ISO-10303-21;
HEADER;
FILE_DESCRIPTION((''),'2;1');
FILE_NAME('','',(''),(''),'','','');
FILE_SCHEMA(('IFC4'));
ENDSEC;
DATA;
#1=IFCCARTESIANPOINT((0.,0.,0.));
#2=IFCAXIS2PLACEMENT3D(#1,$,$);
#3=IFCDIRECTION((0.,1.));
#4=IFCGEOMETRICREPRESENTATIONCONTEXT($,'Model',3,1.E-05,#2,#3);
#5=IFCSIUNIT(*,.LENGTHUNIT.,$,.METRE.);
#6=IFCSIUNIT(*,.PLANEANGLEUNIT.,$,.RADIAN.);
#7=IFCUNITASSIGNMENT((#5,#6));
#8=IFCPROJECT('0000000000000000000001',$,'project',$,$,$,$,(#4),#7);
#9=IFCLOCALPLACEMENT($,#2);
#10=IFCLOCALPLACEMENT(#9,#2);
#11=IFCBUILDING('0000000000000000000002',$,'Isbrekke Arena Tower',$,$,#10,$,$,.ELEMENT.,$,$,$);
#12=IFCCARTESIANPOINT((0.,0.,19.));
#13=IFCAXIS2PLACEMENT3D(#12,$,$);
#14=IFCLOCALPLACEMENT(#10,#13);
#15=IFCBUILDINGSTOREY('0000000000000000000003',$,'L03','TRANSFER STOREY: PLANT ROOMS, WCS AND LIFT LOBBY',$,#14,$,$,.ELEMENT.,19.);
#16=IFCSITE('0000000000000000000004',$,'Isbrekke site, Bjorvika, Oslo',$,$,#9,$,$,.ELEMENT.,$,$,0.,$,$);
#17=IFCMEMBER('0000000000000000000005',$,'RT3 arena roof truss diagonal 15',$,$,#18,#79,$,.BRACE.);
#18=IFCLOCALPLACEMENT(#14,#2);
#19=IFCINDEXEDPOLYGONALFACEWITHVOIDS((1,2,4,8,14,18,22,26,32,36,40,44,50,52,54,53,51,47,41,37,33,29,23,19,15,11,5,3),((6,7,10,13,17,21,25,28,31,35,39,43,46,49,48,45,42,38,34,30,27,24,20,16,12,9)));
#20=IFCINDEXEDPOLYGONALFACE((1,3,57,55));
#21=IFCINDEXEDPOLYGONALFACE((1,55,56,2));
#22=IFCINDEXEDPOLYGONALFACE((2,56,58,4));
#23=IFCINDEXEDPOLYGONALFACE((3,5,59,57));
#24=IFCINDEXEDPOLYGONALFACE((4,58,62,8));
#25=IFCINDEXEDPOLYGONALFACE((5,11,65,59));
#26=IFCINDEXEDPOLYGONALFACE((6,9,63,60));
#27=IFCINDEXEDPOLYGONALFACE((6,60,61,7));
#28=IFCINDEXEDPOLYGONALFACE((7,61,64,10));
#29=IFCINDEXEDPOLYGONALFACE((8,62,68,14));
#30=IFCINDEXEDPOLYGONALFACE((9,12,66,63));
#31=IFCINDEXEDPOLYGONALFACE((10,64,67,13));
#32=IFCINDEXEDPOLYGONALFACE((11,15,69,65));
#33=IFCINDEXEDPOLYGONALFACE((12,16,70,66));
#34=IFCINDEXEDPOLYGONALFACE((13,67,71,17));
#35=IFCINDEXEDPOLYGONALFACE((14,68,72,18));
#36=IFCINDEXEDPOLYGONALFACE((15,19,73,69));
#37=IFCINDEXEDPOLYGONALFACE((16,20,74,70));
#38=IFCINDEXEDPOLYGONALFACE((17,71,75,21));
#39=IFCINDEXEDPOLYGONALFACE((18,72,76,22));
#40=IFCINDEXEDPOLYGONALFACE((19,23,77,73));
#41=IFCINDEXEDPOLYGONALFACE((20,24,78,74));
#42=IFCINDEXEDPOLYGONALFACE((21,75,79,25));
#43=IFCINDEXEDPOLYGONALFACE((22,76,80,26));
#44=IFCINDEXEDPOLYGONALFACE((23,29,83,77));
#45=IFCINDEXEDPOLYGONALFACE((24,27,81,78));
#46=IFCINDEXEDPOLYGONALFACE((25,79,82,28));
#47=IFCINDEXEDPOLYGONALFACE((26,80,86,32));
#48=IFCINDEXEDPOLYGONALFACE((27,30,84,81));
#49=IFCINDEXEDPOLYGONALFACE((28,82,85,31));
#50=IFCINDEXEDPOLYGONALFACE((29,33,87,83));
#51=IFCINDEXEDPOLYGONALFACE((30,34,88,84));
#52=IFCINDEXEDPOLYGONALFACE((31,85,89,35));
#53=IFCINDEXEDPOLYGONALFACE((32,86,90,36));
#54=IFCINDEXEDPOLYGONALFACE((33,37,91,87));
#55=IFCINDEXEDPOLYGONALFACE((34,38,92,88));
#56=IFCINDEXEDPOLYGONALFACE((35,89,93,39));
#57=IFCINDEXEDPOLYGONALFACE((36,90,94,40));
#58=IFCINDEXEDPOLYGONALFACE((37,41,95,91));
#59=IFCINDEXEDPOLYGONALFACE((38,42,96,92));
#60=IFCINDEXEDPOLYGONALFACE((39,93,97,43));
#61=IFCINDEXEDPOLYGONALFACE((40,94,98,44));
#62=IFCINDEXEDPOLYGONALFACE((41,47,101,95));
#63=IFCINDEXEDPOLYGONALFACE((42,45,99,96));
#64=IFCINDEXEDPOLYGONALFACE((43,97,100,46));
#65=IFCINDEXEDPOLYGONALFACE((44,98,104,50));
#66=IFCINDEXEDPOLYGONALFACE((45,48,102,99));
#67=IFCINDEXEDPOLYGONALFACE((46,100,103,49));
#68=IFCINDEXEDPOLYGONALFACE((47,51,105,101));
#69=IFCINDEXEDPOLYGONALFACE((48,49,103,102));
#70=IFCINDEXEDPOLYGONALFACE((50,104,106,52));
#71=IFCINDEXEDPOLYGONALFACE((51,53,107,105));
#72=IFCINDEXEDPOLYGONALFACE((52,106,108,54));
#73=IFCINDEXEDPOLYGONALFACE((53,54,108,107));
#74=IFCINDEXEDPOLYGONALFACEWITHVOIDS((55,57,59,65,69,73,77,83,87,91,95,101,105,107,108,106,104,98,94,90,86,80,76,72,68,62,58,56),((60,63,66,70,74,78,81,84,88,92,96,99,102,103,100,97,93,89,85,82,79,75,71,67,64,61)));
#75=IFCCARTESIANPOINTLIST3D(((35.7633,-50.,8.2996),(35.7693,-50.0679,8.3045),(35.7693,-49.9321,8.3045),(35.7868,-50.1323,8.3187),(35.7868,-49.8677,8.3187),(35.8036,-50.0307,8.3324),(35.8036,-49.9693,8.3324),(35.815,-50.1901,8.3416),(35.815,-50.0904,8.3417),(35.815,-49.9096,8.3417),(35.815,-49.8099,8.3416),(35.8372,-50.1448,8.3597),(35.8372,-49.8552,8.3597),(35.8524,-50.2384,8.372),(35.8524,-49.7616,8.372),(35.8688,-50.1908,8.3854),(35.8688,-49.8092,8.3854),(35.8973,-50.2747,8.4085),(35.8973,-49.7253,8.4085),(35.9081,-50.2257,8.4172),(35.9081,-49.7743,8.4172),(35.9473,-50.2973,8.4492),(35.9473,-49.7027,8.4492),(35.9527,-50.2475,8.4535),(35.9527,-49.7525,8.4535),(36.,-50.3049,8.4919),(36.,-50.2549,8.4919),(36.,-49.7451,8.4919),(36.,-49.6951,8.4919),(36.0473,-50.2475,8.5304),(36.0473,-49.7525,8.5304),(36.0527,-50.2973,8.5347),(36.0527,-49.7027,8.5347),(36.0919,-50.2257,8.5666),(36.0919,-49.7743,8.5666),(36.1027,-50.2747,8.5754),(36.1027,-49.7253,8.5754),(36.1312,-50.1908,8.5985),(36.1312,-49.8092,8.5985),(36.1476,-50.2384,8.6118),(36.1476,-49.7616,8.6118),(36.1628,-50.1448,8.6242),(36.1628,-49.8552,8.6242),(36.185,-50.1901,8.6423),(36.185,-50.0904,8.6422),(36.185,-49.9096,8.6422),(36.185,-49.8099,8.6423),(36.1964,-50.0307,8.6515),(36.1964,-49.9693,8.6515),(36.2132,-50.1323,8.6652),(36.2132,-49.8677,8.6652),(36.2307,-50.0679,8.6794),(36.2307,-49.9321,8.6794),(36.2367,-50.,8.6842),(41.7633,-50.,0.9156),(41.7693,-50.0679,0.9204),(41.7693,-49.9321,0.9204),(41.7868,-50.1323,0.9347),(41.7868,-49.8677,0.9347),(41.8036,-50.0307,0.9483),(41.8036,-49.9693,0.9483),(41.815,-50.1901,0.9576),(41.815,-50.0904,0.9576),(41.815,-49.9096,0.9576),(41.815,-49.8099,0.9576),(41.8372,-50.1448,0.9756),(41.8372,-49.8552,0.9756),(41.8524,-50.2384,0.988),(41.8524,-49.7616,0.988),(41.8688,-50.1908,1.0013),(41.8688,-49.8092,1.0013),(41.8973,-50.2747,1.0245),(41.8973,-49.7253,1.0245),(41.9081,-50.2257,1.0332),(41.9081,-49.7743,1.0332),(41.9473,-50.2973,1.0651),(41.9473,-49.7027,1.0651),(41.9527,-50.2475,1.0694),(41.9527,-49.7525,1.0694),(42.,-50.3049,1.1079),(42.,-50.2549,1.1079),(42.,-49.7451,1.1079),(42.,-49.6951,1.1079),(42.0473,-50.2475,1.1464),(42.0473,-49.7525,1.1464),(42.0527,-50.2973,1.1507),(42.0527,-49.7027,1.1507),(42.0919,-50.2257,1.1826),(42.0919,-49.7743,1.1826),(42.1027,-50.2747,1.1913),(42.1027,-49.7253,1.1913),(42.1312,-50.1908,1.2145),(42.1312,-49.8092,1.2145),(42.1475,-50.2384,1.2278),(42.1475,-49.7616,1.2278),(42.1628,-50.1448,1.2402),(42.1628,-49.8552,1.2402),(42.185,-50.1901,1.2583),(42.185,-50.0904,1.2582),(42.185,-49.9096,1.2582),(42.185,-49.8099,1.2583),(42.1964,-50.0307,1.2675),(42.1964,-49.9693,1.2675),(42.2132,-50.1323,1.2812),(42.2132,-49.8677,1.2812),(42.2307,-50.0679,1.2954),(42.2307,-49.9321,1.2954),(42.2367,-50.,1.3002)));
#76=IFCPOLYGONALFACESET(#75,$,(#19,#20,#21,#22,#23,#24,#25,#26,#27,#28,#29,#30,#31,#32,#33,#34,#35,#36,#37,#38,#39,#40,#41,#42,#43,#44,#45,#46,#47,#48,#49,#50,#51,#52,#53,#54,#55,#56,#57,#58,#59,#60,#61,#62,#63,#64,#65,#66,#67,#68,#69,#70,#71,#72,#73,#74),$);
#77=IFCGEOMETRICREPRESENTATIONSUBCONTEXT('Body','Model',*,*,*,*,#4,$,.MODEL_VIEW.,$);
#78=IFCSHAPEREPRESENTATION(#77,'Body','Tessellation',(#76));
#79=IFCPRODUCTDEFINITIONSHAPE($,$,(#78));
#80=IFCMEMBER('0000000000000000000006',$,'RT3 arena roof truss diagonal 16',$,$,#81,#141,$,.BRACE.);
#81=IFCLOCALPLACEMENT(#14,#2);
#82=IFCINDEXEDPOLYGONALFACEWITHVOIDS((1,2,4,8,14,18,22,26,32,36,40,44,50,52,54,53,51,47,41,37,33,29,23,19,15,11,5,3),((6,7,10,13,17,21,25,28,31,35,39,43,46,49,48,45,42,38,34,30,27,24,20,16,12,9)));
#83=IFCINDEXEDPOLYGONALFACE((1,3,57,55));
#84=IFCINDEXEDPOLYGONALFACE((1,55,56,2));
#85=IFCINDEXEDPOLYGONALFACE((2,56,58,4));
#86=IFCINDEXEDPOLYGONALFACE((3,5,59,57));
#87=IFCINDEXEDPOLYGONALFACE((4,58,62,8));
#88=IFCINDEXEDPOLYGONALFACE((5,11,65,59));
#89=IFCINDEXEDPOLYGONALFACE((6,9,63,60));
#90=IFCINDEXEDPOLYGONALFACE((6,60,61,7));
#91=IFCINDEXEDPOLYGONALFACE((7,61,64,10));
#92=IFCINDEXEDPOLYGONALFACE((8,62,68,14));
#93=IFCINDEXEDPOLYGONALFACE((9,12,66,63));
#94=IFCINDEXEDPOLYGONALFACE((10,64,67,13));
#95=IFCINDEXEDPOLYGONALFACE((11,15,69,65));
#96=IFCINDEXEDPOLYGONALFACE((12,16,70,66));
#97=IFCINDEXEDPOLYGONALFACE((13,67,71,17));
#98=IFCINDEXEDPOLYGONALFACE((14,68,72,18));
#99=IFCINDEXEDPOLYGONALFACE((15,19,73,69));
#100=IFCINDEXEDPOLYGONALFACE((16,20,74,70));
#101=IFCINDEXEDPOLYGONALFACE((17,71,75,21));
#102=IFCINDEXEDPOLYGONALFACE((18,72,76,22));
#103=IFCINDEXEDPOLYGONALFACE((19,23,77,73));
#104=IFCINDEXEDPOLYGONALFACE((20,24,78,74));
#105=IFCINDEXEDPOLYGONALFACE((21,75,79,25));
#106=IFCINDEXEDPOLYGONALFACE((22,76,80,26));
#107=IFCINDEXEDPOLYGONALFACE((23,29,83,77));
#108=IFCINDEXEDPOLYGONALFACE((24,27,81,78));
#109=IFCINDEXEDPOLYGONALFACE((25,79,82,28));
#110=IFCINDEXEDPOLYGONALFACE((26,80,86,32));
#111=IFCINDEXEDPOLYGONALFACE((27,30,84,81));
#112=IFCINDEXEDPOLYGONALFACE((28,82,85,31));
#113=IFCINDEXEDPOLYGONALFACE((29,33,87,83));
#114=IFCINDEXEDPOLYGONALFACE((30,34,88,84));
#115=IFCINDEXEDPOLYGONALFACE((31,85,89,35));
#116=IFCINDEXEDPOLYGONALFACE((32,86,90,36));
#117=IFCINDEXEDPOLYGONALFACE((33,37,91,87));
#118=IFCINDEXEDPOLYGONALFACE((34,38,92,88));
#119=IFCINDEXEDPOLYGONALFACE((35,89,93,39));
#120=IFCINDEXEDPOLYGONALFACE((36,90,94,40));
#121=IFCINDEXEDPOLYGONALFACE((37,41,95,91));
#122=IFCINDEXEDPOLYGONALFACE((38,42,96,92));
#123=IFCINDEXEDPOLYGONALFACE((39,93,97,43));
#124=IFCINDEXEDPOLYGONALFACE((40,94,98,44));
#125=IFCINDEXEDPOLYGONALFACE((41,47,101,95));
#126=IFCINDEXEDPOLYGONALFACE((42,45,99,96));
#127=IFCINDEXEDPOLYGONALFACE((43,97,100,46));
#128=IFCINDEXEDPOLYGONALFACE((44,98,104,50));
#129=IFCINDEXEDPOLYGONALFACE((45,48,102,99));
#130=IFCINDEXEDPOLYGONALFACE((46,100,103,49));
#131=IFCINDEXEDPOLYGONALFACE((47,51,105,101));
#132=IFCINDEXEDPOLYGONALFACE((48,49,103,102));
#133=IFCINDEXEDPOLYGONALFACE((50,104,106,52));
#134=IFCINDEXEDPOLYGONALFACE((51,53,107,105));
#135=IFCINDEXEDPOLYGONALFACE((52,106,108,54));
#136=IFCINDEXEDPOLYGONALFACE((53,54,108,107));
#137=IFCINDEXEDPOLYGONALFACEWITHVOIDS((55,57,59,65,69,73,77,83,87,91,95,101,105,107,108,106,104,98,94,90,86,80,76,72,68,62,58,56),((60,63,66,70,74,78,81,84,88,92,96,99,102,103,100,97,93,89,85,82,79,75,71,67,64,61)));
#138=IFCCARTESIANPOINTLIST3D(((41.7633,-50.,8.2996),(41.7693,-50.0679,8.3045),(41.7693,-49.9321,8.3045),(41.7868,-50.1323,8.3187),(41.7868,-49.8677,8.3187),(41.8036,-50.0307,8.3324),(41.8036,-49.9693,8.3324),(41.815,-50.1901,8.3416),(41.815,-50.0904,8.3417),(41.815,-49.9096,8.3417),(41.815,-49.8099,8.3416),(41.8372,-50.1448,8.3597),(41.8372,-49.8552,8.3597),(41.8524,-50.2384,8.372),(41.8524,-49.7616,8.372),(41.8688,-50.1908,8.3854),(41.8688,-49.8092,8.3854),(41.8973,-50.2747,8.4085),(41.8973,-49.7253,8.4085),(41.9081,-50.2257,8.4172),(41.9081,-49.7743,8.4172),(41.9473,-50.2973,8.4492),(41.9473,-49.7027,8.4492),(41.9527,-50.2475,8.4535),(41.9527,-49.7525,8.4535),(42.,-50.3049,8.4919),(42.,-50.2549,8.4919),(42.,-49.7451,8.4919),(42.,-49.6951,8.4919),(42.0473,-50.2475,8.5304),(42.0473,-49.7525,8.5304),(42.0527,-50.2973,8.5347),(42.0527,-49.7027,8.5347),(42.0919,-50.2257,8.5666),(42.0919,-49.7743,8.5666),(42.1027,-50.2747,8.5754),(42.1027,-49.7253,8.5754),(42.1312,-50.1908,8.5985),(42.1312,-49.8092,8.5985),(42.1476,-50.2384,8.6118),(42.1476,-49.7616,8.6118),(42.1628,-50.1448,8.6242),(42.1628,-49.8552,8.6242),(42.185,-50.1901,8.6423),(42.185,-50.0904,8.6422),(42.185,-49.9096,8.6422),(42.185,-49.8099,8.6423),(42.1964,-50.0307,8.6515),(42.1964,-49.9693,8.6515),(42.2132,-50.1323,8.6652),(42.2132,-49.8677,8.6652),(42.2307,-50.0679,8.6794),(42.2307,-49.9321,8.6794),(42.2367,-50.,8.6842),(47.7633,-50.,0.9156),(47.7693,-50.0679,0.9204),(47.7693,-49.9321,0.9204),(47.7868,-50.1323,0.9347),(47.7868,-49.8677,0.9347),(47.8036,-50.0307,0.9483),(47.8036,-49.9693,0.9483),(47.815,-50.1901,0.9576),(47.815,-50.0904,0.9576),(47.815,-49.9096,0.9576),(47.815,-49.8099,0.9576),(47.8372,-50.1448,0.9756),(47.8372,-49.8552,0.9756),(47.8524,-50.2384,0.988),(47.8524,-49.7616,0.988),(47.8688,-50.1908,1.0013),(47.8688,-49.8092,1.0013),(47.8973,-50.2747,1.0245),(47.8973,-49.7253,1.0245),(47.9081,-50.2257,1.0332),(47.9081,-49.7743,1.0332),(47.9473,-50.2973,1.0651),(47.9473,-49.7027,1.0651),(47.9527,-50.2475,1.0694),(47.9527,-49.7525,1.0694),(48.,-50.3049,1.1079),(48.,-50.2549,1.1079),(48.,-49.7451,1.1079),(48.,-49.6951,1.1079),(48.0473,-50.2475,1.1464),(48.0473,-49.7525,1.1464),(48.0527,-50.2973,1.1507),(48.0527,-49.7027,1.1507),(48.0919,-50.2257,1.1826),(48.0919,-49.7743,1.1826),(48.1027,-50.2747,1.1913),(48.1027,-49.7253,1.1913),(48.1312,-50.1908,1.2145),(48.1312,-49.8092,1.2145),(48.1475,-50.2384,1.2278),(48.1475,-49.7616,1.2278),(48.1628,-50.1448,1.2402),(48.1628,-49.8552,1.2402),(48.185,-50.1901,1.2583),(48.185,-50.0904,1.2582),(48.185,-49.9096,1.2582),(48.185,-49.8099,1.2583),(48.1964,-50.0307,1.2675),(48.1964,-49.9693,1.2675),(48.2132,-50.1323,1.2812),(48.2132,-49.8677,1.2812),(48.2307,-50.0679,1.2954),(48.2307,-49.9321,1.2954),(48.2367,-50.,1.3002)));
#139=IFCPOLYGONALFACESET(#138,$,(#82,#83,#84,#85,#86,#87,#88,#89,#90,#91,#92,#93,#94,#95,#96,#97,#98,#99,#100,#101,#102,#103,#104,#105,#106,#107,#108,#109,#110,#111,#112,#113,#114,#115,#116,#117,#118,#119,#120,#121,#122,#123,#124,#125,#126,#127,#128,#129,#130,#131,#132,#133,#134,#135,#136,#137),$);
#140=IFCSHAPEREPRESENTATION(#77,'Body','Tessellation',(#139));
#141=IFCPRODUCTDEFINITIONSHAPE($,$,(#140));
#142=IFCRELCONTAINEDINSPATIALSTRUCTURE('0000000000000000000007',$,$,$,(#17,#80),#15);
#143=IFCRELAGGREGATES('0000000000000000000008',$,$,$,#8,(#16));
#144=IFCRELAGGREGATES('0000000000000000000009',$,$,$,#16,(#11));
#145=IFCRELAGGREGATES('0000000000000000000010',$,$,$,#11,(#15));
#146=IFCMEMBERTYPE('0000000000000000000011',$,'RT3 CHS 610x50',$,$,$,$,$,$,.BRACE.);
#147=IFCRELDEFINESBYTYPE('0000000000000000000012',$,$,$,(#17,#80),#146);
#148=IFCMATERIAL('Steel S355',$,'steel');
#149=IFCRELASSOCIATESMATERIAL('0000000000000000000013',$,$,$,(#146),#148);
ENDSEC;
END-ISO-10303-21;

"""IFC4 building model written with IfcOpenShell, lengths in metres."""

from ifc_helpers import new_model, si_unit, direction, frame, origin, origin_2d, place, context, subcontext, project, spatial, hollow_circle, extrude, material, material_profile, profile_set, type_object, element, save


model = new_model("IFC4")

# Units and contexts
model_context = context("Model", 3, precision=1e-05, world=origin(), true_north=direction((0.0, 1.0)))
body_context = subcontext(model_context, "Body", "Model", "MODEL_VIEW")
ifc_project = project(units=[si_unit("LENGTHUNIT", "METRE"), si_unit("PLANEANGLEUNIT", "RADIAN")], contexts=[model_context])

# Site, building, storey
site_placement = place(None, origin())
site = spatial("IfcSite", under=ifc_project, at=site_placement, Name="Isbrekke site, Bjorvika, Oslo", CompositionType="ELEMENT", RefElevation=0.0)
building_placement = place(site_placement, origin())
building = spatial("IfcBuilding", under=site, at=building_placement, Name="Isbrekke Arena Tower", CompositionType="ELEMENT")
storey_placement = place(building_placement, frame((0.0, 0.0, 19.0)))
storey = spatial("IfcBuildingStorey", under=building, at=storey_placement, Name="L03", Description="TRANSFER STOREY: PLANT ROOMS, WCS AND LIFT LOBBY", CompositionType="ELEMENT", Elevation=19.0)

# Members
ifc_material_1 = material(Name="Steel S355", Category="steel")
ifc_material_profile_1 = material_profile(ifc_material_1, hollow_circle(Radius=0.3049, WallThickness=0.05, at=origin_2d()), Name="CHS 610x50")
ifc_profile_set_1 = profile_set([ifc_material_profile_1], Name="Steel S355")
member_type_1 = type_object("IfcMemberType", Name="RT3 CHS 610x50", PredefinedType="BRACE", material=ifc_profile_set_1)
for number, where, z_axis, x_axis, name in (
    (1, (36.0, -50.0, 8.4919), (0.630623, 0.0, -0.77609), (0.0, 1.0, 0.0), "RT3 arena roof truss diagonal 15"),
    (2, (42.0, -50.0, 8.4919), (0.630623, 0.0, -0.77609), (0.0, 1.0, 0.0), "RT3 arena roof truss diagonal 16"),
):
    element("IfcMember", number, at=place(storey_placement, frame(where, z_axis=z_axis, x_axis=x_axis)), inside=storey, type_object=member_type_1, Name=name, PredefinedType="BRACE", context=body_context, shape_type="SweptSolid", body=[
        extrude(hollow_circle(Radius=0.3049, WallThickness=0.05, at=origin_2d()), origin(), (0.0, 0.0, 1.0), 9.5144),
    ])

save(model, "model.ifc")
